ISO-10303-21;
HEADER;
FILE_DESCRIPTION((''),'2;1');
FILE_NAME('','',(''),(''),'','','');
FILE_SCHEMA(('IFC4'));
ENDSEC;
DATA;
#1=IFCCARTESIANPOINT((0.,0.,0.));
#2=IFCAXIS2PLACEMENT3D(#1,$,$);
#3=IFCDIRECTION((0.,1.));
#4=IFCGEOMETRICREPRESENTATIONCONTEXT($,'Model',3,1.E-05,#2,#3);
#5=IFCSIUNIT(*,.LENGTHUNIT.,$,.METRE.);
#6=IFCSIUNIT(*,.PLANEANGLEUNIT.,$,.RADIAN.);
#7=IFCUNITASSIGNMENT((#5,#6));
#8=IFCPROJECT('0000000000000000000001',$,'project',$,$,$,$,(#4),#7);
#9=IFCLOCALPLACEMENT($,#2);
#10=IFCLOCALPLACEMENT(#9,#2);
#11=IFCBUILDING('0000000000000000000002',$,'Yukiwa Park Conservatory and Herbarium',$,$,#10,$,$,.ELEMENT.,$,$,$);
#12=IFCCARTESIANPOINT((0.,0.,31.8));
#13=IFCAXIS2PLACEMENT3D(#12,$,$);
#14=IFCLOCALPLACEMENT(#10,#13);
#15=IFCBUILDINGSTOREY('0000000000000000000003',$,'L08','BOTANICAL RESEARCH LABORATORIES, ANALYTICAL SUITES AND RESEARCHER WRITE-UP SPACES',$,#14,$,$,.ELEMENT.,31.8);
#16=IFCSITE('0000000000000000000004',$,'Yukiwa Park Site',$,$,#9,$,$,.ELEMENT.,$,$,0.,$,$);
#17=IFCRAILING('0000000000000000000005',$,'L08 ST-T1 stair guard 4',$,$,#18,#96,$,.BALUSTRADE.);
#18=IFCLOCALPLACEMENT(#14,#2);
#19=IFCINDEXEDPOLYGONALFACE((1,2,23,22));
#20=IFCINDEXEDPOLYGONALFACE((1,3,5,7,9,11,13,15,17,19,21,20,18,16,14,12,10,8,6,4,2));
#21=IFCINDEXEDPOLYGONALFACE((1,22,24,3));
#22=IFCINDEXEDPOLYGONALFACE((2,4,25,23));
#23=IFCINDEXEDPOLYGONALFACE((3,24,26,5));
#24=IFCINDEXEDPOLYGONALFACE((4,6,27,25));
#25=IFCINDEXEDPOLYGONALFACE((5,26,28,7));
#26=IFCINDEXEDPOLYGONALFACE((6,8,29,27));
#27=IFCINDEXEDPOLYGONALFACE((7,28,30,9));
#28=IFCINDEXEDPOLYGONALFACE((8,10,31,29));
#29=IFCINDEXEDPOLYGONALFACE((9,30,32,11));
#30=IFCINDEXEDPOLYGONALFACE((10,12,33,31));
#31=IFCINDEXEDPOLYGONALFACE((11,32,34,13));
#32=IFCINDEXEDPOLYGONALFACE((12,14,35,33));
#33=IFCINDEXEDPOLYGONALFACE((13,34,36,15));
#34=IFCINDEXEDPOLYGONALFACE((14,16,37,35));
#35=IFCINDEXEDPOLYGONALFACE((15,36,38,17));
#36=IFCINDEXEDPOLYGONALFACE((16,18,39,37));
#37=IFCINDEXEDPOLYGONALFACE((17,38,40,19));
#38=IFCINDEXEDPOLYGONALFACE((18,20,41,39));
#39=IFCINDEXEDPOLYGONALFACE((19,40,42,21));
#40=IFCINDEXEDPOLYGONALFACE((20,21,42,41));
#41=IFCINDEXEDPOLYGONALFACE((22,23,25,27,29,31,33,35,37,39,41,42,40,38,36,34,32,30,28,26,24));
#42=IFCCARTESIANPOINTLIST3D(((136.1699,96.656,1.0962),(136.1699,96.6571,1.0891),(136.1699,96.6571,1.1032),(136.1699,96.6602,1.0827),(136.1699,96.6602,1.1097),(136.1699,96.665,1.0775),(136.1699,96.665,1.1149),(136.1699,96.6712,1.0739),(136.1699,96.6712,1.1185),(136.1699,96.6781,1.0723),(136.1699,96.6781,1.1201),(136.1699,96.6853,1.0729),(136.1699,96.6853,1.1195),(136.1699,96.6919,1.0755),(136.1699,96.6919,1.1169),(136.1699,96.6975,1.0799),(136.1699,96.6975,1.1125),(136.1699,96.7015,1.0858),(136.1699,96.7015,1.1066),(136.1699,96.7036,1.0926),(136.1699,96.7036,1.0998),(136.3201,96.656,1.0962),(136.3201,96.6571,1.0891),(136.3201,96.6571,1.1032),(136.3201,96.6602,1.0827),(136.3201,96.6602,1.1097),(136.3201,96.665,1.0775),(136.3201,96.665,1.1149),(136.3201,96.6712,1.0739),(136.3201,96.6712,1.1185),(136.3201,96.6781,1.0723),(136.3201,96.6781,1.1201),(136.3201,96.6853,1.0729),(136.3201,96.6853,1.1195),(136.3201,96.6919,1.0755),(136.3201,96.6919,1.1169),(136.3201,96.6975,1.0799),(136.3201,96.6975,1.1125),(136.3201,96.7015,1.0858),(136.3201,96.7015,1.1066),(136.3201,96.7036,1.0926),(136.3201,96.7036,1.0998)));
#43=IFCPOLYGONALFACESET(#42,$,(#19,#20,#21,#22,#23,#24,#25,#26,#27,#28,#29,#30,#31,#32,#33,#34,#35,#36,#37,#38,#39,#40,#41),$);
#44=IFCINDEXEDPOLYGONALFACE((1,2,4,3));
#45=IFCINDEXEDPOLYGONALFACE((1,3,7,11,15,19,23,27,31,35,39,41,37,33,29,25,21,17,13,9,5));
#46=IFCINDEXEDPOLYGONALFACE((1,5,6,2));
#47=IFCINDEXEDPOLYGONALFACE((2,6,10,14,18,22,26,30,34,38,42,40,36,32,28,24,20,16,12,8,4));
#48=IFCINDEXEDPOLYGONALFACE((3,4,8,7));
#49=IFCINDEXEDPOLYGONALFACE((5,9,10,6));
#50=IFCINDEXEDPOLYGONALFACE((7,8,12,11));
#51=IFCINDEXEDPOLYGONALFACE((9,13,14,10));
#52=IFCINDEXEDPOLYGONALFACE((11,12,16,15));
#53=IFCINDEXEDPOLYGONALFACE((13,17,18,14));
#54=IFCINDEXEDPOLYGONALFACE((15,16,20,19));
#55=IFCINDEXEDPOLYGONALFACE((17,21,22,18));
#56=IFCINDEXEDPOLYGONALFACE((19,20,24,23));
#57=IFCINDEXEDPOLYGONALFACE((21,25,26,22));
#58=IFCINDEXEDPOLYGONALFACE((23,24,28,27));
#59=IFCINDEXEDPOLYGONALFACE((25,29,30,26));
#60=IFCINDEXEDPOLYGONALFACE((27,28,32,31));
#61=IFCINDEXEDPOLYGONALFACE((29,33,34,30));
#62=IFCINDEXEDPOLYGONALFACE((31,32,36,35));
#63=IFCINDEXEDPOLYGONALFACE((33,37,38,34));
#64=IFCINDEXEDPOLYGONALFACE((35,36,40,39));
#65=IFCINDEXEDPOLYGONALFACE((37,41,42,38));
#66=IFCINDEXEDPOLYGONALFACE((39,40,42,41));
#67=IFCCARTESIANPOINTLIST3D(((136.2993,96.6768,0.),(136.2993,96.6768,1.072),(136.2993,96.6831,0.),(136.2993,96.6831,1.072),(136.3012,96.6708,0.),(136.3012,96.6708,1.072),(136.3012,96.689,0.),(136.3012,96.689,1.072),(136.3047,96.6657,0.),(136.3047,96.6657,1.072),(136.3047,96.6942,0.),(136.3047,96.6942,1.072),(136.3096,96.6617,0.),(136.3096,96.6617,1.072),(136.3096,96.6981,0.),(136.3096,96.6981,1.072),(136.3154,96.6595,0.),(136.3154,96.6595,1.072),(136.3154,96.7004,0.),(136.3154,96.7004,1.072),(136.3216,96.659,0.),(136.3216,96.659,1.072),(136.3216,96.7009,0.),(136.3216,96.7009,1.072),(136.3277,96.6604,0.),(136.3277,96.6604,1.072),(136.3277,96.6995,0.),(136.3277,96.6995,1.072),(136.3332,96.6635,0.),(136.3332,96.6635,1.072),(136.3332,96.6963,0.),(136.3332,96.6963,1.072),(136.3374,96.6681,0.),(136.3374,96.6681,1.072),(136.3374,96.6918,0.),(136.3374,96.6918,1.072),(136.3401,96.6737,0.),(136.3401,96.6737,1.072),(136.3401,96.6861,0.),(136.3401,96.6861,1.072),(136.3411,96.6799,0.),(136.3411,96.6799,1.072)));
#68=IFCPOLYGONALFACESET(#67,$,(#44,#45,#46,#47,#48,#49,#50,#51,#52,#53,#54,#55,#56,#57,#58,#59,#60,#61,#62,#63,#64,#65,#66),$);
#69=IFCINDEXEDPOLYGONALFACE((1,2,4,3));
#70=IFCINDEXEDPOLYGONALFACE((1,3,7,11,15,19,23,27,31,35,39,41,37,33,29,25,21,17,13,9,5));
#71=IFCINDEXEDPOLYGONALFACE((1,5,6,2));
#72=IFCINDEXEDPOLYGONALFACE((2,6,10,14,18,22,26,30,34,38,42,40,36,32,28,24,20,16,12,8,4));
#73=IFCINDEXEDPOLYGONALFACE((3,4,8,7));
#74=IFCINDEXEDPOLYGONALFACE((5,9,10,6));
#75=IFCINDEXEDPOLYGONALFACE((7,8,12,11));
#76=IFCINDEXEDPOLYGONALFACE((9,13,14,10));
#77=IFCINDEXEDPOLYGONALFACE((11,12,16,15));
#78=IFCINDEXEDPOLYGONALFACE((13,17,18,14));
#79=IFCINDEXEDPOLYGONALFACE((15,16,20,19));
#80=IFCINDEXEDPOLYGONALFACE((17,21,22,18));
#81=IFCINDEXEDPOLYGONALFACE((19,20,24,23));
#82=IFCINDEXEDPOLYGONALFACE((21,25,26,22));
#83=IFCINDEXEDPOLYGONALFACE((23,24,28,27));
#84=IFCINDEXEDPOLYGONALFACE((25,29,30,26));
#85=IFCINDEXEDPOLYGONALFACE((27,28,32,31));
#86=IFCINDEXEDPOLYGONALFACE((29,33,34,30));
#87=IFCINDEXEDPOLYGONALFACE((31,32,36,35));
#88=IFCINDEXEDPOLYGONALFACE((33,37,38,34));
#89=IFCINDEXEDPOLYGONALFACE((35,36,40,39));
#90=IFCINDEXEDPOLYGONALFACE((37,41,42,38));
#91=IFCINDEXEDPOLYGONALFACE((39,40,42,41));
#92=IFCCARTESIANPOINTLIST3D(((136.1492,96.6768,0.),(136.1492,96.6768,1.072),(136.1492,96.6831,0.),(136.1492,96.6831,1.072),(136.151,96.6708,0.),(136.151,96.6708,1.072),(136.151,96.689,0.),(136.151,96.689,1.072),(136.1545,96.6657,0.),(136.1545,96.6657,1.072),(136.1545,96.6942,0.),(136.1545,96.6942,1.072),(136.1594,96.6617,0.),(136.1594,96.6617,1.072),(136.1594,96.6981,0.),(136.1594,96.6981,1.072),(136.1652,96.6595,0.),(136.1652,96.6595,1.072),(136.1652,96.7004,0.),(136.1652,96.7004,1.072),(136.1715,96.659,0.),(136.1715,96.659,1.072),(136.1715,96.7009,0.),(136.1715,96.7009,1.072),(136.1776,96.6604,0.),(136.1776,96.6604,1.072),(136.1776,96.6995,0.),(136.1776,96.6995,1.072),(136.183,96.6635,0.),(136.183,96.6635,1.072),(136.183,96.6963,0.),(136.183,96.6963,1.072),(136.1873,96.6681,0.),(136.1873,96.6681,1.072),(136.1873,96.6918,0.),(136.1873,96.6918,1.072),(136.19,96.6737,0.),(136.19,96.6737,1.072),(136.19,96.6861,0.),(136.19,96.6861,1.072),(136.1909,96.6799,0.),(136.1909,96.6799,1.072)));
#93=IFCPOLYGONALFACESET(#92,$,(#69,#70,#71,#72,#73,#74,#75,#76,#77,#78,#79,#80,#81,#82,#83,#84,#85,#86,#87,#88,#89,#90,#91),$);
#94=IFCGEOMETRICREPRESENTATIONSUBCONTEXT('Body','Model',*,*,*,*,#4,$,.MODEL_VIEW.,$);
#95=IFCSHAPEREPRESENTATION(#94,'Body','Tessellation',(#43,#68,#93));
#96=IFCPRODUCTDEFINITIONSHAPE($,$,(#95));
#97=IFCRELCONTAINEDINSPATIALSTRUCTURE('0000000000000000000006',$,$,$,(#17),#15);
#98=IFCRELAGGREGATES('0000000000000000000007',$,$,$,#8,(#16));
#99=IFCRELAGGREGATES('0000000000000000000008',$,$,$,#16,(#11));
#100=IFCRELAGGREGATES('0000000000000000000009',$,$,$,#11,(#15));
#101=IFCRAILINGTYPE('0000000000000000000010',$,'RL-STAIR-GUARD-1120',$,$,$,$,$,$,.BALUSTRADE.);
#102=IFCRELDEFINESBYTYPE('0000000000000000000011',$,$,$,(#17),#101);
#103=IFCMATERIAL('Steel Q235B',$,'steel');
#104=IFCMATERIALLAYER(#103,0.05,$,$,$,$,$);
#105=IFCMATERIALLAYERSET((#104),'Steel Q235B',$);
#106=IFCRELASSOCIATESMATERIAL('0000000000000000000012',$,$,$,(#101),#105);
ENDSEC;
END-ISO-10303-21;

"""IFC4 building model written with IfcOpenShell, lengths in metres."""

from ifc_helpers import new_model, si_unit, direction, frame, origin, origin_2d, place, context, subcontext, project, spatial, circle, extrude, material, layer, layer_set, type_object, element, save


model = new_model("IFC4")

# Units and contexts
model_context = context("Model", 3, precision=1e-05, world=origin(), true_north=direction((0.0, 1.0)))
body_context = subcontext(model_context, "Body", "Model", "MODEL_VIEW")
ifc_project = project(units=[si_unit("LENGTHUNIT", "METRE"), si_unit("PLANEANGLEUNIT", "RADIAN")], contexts=[model_context])

# Site, building, storey
site_placement = place(None, origin())
site = spatial("IfcSite", under=ifc_project, at=site_placement, Name="Yukiwa Park Site", CompositionType="ELEMENT", RefElevation=0.0)
building_placement = place(site_placement, origin())
building = spatial("IfcBuilding", under=site, at=building_placement, Name="Yukiwa Park Conservatory and Herbarium", CompositionType="ELEMENT")
storey_placement = place(building_placement, frame((0.0, 0.0, 31.8)))
storey = spatial("IfcBuildingStorey", under=building, at=storey_placement, Name="L08", Description="BOTANICAL RESEARCH LABORATORIES, ANALYTICAL SUITES AND RESEARCHER WRITE-UP SPACES", CompositionType="ELEMENT", Elevation=31.8)

# Railing
ifc_material_1 = material(Name="Steel Q235B", Category="steel")
ifc_layer_1 = layer(ifc_material_1, 0.05)
ifc_layer_set_1 = layer_set([ifc_layer_1], Name="Steel Q235B")
railing_type_1 = type_object("IfcRailingType", Name="RL-STAIR-GUARD-1120", PredefinedType="BALUSTRADE", material=ifc_layer_set_1)
railing_1_placement = place(storey_placement, frame((136.3201, 96.6799, 0.0)))
element("IfcRailing", 1, at=railing_1_placement, inside=storey, type_object=railing_type_1, Name="L08 ST-T1 stair guard 4", PredefinedType="BALUSTRADE", context=body_context, shape_type="SweptSolid", body=[
    extrude(circle(Radius=0.0239, at=origin_2d()), frame((0.0, 0.0, 1.0962), z_axis=(-1.0, 0.0, 0.0), x_axis=(0.0, -1.0, 0.0)), (0.0, 0.0, 1.0), 0.1501),
    extrude(circle(Radius=0.021, at=origin_2d()), origin(), (0.0, 0.0, 1.0), 1.072),
    extrude(circle(Radius=0.021, at=origin_2d()), frame((-0.1501, 0.0, 0.0)), (0.0, 0.0, 1.0), 1.072),
])

save(model, "model.ifc")
